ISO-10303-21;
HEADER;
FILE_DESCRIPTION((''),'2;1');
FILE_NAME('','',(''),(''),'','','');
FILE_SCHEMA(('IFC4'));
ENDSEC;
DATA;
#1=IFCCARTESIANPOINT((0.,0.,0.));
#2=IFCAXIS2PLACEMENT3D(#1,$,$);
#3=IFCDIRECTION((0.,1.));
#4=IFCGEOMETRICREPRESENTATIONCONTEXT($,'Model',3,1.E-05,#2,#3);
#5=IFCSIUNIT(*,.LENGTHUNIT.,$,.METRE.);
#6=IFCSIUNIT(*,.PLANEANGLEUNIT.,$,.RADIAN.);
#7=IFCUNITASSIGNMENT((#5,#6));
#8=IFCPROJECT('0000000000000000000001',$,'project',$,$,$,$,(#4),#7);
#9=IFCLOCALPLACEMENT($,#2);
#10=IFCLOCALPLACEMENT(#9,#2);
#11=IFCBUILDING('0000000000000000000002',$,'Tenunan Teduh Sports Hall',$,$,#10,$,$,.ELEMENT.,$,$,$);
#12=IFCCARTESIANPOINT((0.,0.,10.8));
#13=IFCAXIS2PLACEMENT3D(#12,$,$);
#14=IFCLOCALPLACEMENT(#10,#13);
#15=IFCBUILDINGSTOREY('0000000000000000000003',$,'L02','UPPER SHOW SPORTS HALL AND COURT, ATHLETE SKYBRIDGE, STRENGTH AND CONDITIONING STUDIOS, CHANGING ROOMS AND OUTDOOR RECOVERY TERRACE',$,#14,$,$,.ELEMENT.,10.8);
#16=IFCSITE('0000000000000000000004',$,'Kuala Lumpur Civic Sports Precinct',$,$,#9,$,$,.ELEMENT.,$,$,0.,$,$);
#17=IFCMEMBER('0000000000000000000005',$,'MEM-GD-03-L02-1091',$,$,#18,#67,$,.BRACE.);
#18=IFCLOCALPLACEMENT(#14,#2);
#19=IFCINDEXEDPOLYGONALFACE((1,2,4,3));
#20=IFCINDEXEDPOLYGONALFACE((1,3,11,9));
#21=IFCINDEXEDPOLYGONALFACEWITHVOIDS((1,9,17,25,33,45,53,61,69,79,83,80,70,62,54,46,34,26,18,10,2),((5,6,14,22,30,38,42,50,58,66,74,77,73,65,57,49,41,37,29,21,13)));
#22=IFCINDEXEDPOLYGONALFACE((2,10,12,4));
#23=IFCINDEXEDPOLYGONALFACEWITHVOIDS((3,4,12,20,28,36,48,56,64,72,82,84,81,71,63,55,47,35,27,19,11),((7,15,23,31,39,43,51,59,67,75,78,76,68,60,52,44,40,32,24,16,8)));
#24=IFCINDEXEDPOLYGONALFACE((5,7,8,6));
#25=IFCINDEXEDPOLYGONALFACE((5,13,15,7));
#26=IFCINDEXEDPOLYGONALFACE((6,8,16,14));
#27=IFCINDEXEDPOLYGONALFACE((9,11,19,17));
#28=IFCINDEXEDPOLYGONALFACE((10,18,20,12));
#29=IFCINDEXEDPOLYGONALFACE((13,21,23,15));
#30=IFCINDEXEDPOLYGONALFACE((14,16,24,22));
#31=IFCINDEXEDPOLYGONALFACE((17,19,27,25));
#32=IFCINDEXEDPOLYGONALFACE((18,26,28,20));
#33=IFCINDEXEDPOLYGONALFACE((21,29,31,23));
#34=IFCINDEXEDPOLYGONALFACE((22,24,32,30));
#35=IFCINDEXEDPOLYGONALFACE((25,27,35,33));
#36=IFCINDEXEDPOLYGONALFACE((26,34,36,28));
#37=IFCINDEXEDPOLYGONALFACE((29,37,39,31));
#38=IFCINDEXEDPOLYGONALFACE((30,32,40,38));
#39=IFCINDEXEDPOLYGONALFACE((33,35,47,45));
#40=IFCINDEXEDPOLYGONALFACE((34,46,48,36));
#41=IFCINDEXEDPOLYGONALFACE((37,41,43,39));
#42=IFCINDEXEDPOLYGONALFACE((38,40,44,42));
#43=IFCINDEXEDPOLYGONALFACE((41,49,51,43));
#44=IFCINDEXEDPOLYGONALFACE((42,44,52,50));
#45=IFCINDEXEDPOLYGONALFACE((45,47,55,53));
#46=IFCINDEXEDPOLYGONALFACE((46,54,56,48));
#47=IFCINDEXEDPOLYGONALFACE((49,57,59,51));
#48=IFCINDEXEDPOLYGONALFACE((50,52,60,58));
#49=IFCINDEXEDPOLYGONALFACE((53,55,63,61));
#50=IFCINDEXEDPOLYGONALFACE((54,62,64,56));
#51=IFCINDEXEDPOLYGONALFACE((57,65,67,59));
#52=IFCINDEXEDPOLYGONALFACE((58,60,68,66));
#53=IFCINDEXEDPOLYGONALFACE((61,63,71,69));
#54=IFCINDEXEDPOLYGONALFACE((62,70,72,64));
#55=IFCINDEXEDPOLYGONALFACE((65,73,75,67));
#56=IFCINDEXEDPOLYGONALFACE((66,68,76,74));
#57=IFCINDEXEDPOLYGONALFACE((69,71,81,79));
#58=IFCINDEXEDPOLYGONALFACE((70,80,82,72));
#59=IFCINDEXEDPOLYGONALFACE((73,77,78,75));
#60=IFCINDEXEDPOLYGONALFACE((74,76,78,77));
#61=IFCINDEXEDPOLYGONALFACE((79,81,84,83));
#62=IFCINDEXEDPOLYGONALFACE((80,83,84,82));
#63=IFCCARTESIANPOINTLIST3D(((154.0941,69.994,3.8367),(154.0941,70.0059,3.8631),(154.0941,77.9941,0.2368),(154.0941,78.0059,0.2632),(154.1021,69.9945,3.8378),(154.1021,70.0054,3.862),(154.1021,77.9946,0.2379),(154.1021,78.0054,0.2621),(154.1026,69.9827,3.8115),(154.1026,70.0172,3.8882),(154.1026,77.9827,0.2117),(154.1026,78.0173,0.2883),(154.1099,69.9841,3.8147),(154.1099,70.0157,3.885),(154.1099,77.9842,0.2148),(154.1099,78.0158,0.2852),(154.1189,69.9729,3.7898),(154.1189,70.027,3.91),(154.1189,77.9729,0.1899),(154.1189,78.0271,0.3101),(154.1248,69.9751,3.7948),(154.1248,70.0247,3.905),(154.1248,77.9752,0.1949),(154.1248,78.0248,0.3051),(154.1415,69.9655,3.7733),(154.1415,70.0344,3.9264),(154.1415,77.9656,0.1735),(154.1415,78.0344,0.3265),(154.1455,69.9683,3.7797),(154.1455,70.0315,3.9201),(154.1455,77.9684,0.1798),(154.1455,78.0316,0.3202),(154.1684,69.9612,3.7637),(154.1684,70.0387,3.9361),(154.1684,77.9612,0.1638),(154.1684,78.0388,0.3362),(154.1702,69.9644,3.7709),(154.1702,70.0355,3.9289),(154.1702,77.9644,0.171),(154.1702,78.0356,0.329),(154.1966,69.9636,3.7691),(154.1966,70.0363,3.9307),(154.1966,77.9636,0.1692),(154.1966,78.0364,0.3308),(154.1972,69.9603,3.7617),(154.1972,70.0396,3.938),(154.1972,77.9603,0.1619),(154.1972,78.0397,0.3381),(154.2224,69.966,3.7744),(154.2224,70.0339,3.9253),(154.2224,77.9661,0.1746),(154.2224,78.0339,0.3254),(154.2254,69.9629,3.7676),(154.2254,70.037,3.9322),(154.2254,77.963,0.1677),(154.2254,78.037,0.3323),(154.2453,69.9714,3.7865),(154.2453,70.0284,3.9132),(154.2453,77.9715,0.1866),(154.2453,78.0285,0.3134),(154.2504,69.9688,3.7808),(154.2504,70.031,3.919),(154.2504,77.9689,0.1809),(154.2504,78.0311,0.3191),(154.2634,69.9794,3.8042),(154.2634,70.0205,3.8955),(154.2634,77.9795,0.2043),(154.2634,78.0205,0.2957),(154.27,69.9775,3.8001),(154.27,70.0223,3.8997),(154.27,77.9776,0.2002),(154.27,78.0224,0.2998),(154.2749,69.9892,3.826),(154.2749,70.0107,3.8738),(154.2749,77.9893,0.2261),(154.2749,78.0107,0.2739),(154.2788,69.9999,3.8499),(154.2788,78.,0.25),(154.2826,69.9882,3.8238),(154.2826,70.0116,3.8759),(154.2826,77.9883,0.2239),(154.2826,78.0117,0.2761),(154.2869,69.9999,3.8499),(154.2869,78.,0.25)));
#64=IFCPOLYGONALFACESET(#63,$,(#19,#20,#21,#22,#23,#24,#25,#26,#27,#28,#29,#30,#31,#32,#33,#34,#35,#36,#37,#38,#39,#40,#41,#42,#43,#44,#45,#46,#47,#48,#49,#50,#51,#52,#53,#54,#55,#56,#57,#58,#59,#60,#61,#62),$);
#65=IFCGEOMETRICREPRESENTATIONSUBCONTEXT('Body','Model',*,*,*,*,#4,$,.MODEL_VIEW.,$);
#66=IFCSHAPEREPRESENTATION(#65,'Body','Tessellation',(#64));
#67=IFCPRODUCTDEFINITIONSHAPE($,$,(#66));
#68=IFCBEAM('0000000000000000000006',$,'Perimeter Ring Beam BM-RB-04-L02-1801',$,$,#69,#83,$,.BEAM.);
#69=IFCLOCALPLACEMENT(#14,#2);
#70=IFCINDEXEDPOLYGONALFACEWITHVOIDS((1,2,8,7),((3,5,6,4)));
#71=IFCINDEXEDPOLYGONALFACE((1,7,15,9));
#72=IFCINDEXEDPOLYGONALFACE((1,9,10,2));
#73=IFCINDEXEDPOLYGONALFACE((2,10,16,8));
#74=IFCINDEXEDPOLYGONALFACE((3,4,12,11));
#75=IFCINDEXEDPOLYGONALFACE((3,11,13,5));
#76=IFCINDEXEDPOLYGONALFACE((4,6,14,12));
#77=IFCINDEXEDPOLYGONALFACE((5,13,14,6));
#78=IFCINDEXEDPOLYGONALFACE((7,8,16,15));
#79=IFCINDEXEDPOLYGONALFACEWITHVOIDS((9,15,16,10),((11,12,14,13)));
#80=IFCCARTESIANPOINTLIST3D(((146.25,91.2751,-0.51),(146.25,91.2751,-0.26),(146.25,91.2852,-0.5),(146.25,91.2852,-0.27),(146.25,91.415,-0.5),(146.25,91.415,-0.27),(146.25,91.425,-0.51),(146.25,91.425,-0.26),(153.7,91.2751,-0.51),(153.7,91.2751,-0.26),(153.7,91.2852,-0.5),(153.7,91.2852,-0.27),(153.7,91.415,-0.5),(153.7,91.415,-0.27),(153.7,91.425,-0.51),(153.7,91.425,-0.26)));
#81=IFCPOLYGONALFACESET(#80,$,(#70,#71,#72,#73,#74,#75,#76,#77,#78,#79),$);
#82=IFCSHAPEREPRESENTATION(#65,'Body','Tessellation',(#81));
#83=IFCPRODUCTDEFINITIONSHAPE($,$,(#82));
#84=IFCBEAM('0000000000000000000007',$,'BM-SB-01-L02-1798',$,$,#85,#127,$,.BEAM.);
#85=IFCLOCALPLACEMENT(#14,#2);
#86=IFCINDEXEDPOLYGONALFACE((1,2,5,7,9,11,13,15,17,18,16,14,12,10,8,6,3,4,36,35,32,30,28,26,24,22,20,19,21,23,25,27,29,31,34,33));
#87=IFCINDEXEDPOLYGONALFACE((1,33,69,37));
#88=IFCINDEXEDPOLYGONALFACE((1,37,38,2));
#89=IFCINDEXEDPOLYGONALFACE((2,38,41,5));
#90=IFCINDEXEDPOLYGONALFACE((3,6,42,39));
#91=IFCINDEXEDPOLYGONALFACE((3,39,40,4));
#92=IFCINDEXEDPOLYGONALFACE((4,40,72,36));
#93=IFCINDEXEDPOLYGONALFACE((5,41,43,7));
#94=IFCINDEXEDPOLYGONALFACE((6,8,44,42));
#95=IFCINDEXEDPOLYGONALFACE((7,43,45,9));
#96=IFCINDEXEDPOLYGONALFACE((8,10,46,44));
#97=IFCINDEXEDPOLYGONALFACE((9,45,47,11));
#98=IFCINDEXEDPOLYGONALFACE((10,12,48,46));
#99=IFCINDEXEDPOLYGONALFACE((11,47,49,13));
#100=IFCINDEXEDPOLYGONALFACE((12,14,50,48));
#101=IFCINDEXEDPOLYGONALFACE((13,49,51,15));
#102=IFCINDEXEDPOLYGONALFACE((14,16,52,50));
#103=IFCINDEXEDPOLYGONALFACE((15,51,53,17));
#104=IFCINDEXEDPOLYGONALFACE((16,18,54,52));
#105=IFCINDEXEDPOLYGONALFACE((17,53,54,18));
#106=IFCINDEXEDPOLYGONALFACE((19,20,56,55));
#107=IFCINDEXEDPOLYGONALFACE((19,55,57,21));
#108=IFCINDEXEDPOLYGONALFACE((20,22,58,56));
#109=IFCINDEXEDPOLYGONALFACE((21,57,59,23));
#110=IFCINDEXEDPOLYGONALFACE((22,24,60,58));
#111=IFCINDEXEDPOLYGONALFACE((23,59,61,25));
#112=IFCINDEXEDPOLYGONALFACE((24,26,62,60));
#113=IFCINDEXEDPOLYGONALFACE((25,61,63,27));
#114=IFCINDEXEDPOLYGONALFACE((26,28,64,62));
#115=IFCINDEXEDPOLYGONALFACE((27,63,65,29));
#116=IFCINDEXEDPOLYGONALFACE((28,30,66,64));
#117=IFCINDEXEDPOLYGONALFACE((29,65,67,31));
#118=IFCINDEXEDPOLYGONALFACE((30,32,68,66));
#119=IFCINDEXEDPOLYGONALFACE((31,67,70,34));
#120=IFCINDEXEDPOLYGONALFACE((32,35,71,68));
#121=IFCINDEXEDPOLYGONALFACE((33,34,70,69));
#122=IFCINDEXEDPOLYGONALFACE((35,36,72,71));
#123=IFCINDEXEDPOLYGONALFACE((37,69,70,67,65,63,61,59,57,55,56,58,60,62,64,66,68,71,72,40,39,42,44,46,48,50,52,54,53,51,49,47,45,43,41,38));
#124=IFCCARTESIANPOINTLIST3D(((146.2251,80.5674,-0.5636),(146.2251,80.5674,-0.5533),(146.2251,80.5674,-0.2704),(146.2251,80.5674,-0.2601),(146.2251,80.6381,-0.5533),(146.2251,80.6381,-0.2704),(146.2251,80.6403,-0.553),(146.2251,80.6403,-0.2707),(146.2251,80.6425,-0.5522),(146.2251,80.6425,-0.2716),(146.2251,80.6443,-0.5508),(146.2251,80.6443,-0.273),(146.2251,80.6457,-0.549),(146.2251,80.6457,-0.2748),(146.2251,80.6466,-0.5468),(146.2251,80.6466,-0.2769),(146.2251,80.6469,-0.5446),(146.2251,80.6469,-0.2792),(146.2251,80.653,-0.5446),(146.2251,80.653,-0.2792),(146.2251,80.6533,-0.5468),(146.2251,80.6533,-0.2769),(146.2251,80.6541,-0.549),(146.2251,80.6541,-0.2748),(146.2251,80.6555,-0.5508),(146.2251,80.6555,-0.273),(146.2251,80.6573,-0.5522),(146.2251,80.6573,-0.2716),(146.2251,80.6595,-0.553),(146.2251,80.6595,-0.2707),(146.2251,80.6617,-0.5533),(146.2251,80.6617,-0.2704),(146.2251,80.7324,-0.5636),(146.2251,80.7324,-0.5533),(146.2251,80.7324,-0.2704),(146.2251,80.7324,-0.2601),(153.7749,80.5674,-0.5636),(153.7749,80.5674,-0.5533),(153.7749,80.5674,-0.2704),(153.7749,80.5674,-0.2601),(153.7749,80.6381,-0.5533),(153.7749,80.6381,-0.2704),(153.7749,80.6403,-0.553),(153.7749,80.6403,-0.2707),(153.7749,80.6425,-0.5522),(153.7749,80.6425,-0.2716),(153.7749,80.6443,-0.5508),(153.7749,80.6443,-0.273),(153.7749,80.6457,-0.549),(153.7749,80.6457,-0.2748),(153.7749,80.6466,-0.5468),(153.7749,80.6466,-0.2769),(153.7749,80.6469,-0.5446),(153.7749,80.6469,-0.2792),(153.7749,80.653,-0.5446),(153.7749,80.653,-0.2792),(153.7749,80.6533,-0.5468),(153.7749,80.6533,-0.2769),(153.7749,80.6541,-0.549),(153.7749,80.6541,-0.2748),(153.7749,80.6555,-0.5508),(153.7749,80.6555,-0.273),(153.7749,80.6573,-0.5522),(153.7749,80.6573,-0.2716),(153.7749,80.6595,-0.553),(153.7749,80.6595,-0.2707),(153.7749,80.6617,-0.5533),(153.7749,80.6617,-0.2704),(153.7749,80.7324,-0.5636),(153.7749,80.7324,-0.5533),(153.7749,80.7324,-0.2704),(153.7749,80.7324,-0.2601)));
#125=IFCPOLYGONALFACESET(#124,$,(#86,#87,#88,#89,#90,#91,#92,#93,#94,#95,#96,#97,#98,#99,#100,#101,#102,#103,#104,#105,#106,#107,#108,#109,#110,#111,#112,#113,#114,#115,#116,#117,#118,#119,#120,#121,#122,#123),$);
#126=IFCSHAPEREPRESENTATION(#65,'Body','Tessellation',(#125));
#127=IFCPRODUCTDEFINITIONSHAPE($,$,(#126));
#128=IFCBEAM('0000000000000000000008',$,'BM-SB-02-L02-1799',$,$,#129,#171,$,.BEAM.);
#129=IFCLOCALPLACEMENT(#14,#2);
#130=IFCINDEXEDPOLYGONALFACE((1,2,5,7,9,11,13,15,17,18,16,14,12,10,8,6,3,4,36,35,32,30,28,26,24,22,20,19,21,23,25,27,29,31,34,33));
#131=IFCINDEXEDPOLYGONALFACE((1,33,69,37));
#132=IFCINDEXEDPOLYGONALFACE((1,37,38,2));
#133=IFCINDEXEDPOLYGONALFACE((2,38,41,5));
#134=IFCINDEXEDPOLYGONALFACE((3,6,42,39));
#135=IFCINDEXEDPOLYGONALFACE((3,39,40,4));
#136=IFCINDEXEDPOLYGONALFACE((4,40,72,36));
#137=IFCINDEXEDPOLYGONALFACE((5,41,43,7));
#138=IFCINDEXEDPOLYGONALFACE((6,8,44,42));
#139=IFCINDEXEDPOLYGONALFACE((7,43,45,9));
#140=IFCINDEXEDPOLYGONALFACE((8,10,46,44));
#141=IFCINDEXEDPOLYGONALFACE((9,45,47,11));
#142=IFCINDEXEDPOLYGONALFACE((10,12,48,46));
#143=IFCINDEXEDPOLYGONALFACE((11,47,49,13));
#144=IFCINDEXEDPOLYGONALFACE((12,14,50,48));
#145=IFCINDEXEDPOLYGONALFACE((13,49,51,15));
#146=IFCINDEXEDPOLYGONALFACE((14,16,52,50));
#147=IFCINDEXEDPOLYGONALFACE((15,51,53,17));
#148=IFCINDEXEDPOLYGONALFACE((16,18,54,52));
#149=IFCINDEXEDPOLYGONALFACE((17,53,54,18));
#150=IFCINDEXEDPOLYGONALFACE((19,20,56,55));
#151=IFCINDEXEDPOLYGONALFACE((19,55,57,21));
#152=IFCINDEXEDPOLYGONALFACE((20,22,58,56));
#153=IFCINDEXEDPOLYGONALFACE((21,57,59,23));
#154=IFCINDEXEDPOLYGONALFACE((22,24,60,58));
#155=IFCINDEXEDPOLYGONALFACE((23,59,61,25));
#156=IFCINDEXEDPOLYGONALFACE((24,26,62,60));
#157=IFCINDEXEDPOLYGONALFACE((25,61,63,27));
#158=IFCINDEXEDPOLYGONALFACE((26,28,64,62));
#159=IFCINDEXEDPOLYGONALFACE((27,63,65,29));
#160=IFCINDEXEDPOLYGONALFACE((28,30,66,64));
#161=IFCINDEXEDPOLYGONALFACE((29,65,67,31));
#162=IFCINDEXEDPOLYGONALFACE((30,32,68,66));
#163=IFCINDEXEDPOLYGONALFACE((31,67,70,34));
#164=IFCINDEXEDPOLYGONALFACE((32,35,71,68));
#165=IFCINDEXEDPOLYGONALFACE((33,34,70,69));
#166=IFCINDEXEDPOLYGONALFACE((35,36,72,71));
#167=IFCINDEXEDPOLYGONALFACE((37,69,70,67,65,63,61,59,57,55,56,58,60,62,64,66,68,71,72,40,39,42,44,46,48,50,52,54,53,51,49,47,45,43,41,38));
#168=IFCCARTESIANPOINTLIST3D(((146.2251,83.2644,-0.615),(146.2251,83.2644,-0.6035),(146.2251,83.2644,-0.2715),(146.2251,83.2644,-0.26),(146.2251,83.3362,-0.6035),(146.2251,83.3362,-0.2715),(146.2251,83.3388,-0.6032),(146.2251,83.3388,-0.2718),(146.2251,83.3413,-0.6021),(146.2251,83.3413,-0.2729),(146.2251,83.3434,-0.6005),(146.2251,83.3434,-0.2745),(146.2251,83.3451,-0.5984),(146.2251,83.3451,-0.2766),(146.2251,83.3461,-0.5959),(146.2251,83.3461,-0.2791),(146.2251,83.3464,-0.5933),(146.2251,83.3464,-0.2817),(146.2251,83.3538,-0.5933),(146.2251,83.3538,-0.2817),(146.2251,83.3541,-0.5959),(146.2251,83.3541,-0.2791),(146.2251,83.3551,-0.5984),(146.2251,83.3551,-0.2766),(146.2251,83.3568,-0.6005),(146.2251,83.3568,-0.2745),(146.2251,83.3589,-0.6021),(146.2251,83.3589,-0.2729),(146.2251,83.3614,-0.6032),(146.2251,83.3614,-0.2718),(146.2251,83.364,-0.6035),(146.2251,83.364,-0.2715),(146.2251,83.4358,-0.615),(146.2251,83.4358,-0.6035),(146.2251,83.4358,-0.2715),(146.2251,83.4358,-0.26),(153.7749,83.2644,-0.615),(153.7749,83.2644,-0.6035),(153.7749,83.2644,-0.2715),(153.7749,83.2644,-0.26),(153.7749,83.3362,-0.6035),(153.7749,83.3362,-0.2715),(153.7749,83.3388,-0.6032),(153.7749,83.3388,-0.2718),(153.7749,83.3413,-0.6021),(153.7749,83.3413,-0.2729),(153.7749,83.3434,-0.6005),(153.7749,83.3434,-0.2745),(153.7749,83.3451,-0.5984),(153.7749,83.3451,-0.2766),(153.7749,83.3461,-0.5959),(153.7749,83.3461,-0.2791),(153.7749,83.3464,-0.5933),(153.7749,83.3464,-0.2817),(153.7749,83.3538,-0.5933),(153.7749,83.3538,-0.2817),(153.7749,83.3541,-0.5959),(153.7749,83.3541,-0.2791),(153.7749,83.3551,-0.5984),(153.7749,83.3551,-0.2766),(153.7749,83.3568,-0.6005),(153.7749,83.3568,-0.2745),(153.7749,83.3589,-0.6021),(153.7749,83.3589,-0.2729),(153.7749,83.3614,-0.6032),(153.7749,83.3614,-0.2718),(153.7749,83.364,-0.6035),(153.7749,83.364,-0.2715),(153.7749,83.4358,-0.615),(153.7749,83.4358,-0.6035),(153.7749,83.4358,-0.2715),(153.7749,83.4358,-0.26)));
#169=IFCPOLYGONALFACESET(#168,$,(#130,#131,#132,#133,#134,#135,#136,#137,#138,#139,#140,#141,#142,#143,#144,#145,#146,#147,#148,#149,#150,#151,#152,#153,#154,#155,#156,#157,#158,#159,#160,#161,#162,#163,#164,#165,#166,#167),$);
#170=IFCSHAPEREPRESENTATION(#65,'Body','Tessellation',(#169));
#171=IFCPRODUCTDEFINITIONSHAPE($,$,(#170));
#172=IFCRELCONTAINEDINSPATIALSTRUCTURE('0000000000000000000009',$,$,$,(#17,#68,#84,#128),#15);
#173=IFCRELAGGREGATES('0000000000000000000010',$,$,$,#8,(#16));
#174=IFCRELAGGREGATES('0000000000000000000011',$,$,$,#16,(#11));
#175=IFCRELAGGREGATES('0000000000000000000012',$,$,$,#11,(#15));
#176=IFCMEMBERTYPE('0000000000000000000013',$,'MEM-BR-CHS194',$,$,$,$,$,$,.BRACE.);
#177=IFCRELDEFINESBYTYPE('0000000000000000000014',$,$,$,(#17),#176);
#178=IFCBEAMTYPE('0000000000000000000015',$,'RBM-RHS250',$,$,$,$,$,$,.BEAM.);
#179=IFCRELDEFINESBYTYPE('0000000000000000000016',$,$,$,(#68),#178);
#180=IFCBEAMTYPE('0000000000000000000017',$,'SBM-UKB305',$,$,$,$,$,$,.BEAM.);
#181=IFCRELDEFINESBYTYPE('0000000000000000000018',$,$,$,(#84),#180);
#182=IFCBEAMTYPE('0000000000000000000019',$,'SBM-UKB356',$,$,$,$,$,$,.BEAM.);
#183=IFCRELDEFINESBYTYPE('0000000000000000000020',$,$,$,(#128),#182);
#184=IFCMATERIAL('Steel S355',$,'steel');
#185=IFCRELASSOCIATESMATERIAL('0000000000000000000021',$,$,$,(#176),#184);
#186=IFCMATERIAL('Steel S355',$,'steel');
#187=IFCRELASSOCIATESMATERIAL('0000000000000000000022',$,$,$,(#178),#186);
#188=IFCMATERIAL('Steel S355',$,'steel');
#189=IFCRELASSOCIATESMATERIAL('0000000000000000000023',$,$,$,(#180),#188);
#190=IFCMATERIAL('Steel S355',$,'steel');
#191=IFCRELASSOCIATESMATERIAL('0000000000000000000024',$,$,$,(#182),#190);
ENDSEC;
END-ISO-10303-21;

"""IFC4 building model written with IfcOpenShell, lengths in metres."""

from ifc_helpers import new_model, si_unit, direction, frame, origin, origin_2d, place, context, subcontext, project, spatial, hollow_rectangle, hollow_circle, i_section, extrude, material, material_profile, profile_set, type_object, element, save


model = new_model("IFC4")

# Units and contexts
model_context = context("Model", 3, precision=1e-05, world=origin(), true_north=direction((0.0, 1.0)))
body_context = subcontext(model_context, "Body", "Model", "MODEL_VIEW")
ifc_project = project(units=[si_unit("LENGTHUNIT", "METRE"), si_unit("PLANEANGLEUNIT", "RADIAN")], contexts=[model_context])

# Site, building, storey
site_placement = place(None, origin())
site = spatial("IfcSite", under=ifc_project, at=site_placement, Name="Kuala Lumpur Civic Sports Precinct", CompositionType="ELEMENT", RefElevation=0.0)
building_placement = place(site_placement, origin())
building = spatial("IfcBuilding", under=site, at=building_placement, Name="Tenunan Teduh Sports Hall", CompositionType="ELEMENT")
storey_placement = place(building_placement, frame((0.0, 0.0, 10.8)))
storey = spatial("IfcBuildingStorey", under=building, at=storey_placement, Name="L02", Description="UPPER SHOW SPORTS HALL AND COURT, ATHLETE SKYBRIDGE, STRENGTH AND CONDITIONING STUDIOS, CHANGING ROOMS AND OUTDOOR RECOVERY TERRACE", CompositionType="ELEMENT", Elevation=10.8)

# Member
ifc_material_1 = material(Name="Steel S355", Category="steel")
ifc_material_profile_1 = material_profile(ifc_material_1, hollow_circle(Radius=0.0969, WallThickness=0.0081, at=origin_2d()), Name="CHS 193.7x8.0")
ifc_profile_set_1 = profile_set([ifc_material_profile_1], Name="Steel S355")
member_type = type_object("IfcMemberType", Name="MEM-BR-CHS194", PredefinedType="BRACE", material=ifc_profile_set_1)
member_1_placement = place(storey_placement, frame((154.1899, 78.0, 0.25), z_axis=(0.0, -0.911928, 0.410351), x_axis=(1.0, 0.0, 0.0)))
element("IfcMember", 1, at=member_1_placement, inside=storey, type_object=member_type, Name="MEM-GD-03-L02-1091", PredefinedType="BRACE", context=body_context, shape_type="SweptSolid", body=[
    extrude(hollow_circle(Radius=0.0969, WallThickness=0.0081, at=origin_2d()), origin(), (0.0, 0.0, 1.0), 8.7727),
])

# Beams
ifc_material_2 = material(Name="Steel S355", Category="steel")
ifc_material_profile_2 = material_profile(ifc_material_2, hollow_rectangle(XDim=0.1499, YDim=0.25, WallThickness=0.01, at=origin_2d()), Name="RHS 250x150x10.0")
ifc_profile_set_2 = profile_set([ifc_material_profile_2], Name="Steel S355")
beam_type_1 = type_object("IfcBeamType", Name="RBM-RHS250", PredefinedType="BEAM", material=ifc_profile_set_2)
beam_1_placement = place(storey_placement, frame((146.25, 91.3501, -0.385), z_axis=(1.0, 0.0, 0.0), x_axis=(0.0, 1.0, 0.0)))
element("IfcBeam", 2, at=beam_1_placement, inside=storey, type_object=beam_type_1, Name="Perimeter Ring Beam BM-RB-04-L02-1801", PredefinedType="BEAM", context=body_context, shape_type="SweptSolid", body=[
    extrude(hollow_rectangle(XDim=0.1499, YDim=0.25, WallThickness=0.01, at=origin_2d()), origin(), (0.0, 0.0, 1.0), 7.45),
])
ifc_material_3 = material(Name="Steel S355", Category="steel")
ifc_material_profile_3 = material_profile(ifc_material_3, i_section(OverallWidth=0.165, OverallDepth=0.3035, WebThickness=0.0061, FlangeThickness=0.0103, FilletRadius=0.0088, at=origin_2d()), Name="UKB 305x165x40")
ifc_profile_set_3 = profile_set([ifc_material_profile_3], Name="Steel S355")
beam_type_2 = type_object("IfcBeamType", Name="SBM-UKB305", PredefinedType="BEAM", material=ifc_profile_set_3)
beam_2_placement = place(storey_placement, frame((146.2251, 80.6499, -0.4119), z_axis=(1.0, 0.0, 0.0), x_axis=(0.0, 1.0, 0.0)))
element("IfcBeam", 3, at=beam_2_placement, inside=storey, type_object=beam_type_2, Name="BM-SB-01-L02-1798", PredefinedType="BEAM", context=body_context, shape_type="SweptSolid", body=[
    extrude(i_section(OverallWidth=0.165, OverallDepth=0.3035, WebThickness=0.0061, FlangeThickness=0.0103, FilletRadius=0.0088, at=origin_2d()), origin(), (0.0, 0.0, 1.0), 7.5498),
])
ifc_material_4 = material(Name="Steel S355", Category="steel")
ifc_material_profile_4 = material_profile(ifc_material_4, i_section(OverallWidth=0.1714, OverallDepth=0.355, WebThickness=0.0073, FlangeThickness=0.0115, FilletRadius=0.0103, at=origin_2d()), Name="UKB 356x171x51")
ifc_profile_set_4 = profile_set([ifc_material_profile_4], Name="Steel S355")
beam_type_3 = type_object("IfcBeamType", Name="SBM-UKB356", PredefinedType="BEAM", material=ifc_profile_set_4)
beam_3_placement = place(storey_placement, frame((146.2251, 83.3501, -0.4375), z_axis=(1.0, 0.0, 0.0), x_axis=(0.0, 1.0, 0.0)))
element("IfcBeam", 4, at=beam_3_placement, inside=storey, type_object=beam_type_3, Name="BM-SB-02-L02-1799", PredefinedType="BEAM", context=body_context, shape_type="SweptSolid", body=[
    extrude(i_section(OverallWidth=0.1714, OverallDepth=0.355, WebThickness=0.0073, FlangeThickness=0.0115, FilletRadius=0.0103, at=origin_2d()), origin(), (0.0, 0.0, 1.0), 7.5498),
])

save(model, "model.ifc")
